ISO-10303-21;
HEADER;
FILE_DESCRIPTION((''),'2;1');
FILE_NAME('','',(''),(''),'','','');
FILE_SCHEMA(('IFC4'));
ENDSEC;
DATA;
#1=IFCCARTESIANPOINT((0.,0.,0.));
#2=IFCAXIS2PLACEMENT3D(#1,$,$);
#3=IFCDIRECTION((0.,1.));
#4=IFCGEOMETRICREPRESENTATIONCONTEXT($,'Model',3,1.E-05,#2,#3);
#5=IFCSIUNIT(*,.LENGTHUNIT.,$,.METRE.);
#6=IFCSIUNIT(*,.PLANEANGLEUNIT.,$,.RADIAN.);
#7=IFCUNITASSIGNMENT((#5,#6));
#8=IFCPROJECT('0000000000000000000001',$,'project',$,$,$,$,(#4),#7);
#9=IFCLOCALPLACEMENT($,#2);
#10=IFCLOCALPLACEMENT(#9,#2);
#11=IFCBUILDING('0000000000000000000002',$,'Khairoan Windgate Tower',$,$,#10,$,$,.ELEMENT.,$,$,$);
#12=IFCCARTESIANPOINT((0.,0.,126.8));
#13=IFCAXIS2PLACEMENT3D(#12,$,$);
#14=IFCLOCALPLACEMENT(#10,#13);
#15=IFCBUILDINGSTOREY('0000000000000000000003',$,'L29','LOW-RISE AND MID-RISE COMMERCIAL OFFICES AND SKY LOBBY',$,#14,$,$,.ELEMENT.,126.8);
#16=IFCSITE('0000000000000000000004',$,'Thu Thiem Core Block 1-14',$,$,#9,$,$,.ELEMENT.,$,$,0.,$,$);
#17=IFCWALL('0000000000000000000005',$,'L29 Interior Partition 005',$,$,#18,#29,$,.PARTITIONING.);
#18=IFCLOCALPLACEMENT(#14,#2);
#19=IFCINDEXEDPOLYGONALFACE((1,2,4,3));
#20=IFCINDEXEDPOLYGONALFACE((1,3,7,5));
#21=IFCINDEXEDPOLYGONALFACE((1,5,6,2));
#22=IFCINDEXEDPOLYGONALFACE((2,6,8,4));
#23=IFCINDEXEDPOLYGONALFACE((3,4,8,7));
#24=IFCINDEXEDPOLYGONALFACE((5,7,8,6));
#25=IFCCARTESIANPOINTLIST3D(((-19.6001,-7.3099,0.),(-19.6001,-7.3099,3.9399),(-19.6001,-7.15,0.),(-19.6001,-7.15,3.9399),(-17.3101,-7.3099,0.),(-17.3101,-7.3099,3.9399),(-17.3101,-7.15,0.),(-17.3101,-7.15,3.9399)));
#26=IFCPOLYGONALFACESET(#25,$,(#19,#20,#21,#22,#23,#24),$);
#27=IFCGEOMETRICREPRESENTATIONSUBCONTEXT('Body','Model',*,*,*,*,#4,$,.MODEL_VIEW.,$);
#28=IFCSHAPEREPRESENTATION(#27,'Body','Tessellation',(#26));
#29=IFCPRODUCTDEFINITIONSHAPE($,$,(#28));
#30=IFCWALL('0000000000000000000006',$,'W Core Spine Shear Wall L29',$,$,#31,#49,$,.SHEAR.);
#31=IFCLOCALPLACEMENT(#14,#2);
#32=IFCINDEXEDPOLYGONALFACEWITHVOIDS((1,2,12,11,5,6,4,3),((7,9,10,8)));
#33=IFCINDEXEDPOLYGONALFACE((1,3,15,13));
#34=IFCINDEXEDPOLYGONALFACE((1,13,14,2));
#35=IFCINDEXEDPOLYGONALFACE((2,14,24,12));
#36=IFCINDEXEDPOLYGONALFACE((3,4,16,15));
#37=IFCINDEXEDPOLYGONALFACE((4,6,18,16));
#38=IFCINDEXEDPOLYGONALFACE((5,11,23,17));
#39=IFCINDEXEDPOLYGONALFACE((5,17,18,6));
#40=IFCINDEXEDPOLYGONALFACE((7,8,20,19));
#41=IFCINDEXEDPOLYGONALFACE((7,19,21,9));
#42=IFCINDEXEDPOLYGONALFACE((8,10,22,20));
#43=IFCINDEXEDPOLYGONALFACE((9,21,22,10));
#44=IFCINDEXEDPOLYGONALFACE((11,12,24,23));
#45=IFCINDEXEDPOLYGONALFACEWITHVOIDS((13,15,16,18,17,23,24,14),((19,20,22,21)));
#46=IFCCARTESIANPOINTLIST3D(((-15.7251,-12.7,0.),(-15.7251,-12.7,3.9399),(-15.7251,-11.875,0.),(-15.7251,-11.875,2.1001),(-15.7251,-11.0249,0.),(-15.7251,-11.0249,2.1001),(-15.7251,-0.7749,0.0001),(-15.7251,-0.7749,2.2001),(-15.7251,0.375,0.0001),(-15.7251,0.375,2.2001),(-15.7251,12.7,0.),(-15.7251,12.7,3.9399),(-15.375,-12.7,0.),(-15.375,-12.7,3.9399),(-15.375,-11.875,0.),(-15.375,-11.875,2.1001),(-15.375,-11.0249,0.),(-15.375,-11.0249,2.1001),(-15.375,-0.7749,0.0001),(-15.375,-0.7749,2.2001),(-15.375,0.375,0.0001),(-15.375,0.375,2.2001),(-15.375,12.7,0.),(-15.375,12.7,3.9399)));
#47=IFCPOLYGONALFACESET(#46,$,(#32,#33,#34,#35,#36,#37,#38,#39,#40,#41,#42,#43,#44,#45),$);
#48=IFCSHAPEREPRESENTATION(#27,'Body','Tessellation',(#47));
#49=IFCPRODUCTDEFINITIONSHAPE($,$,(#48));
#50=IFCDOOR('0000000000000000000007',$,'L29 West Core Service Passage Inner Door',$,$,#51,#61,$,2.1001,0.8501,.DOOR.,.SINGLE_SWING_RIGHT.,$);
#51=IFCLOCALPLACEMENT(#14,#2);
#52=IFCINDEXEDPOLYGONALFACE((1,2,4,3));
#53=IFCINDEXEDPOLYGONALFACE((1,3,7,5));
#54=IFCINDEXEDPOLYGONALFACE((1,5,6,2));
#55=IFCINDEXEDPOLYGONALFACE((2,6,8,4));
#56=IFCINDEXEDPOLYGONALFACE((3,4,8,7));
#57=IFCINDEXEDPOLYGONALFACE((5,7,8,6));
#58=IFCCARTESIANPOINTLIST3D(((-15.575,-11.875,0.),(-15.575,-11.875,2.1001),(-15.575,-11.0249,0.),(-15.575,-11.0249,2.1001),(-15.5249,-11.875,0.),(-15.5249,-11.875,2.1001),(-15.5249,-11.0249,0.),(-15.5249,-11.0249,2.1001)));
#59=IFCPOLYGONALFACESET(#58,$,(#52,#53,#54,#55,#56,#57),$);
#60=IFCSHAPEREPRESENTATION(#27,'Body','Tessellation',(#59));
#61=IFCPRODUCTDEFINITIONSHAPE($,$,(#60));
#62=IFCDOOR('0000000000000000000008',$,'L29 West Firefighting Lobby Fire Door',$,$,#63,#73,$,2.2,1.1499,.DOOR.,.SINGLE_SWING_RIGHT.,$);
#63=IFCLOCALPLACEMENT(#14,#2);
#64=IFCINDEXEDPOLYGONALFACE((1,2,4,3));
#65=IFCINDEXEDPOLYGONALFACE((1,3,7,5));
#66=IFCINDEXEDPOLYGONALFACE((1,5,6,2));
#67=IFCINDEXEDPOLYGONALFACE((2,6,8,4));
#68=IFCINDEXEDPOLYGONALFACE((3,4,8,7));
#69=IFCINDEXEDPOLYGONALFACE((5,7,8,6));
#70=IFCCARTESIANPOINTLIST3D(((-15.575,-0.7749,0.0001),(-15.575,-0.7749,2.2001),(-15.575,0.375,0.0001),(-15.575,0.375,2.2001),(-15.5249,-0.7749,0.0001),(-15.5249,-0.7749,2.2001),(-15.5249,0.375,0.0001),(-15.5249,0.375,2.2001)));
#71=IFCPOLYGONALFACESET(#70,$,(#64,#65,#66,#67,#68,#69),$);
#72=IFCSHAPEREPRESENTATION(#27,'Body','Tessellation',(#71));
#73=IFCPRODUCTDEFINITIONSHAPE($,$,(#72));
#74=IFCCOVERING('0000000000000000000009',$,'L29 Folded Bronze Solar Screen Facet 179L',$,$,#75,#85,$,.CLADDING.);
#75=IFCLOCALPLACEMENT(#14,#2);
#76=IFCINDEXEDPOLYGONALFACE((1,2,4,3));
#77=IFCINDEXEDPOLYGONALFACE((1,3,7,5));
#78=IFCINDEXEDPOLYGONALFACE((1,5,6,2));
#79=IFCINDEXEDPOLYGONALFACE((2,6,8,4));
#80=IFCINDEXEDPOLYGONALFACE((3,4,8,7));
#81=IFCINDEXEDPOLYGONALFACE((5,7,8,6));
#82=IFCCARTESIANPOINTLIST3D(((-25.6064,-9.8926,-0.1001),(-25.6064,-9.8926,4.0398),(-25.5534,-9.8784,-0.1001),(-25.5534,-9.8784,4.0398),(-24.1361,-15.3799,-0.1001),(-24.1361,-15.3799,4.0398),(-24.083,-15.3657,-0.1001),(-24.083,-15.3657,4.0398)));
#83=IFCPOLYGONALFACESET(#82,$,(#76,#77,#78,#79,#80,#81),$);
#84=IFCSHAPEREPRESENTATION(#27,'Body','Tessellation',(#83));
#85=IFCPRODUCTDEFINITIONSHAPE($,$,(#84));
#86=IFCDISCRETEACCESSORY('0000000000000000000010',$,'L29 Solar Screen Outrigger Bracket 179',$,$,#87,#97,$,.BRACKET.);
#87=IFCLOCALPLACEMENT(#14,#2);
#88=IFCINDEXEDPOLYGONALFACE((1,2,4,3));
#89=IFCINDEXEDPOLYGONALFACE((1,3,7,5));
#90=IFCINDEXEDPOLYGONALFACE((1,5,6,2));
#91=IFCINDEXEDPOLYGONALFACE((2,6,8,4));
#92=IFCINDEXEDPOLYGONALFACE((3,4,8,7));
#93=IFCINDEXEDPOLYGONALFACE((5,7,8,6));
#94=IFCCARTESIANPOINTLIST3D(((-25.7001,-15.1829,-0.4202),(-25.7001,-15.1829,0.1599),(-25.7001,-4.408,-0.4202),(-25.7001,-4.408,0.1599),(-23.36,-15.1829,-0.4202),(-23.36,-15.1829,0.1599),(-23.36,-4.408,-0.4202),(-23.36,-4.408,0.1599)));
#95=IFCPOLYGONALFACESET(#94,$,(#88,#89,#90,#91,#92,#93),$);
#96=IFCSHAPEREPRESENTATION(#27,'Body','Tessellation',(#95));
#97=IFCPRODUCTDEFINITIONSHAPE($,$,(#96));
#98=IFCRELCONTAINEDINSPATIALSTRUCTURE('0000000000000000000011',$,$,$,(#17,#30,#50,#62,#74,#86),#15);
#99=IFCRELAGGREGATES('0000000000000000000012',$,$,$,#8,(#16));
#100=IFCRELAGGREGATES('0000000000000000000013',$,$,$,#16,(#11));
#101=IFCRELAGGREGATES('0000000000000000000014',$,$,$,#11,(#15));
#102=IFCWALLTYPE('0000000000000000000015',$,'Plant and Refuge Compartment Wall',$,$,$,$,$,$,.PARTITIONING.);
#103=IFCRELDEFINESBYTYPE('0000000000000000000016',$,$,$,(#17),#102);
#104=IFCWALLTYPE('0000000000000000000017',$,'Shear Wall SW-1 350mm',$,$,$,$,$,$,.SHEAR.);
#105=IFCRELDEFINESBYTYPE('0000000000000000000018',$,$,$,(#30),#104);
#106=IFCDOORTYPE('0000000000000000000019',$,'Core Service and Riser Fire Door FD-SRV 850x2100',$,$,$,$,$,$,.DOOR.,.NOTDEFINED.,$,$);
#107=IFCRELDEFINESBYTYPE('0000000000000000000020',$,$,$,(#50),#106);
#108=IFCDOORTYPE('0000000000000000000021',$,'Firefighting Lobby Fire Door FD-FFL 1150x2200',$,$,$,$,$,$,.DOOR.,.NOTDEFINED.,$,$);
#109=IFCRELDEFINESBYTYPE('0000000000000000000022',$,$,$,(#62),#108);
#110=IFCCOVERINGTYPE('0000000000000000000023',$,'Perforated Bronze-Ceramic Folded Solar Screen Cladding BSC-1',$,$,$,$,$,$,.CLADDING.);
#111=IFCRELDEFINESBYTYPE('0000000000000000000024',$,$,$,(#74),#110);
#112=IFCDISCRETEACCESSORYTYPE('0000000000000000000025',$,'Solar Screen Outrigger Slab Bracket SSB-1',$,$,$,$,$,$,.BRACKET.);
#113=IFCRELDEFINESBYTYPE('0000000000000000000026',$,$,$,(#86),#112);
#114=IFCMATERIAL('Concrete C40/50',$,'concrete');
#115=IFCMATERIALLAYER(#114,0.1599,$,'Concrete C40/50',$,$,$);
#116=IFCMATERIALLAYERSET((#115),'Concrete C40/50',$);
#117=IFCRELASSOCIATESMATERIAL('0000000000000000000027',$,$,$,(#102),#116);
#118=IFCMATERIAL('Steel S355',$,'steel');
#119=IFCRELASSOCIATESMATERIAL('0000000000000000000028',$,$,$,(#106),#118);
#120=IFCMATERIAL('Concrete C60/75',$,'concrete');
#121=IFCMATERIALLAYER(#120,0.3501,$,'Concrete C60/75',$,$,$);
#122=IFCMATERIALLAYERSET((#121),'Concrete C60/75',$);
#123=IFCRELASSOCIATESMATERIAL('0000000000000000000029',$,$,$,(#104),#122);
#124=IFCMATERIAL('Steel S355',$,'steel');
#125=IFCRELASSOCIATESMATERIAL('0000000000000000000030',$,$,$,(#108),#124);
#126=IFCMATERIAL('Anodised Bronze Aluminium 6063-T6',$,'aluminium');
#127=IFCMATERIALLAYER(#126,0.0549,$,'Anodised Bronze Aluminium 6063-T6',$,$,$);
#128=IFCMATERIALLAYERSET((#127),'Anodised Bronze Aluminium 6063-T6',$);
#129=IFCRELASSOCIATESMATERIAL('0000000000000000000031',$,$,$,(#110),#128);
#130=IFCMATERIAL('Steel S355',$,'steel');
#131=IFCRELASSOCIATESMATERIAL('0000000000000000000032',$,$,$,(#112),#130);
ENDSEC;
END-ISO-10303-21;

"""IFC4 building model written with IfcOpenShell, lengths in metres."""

from ifc_helpers import new_model, si_unit, direction, frame, frame_2d, origin, origin_2d, place, context, subcontext, project, spatial, rectangle, extrude, material, layer, layer_set, type_object, element, fill, save


model = new_model("IFC4")

# Units and contexts
model_context = context("Model", 3, precision=1e-05, world=origin(), true_north=direction((0.0, 1.0)))
body_context = subcontext(model_context, "Body", "Model", "MODEL_VIEW")
ifc_project = project(units=[si_unit("LENGTHUNIT", "METRE"), si_unit("PLANEANGLEUNIT", "RADIAN")], contexts=[model_context])

# Site, building, storey
site_placement = place(None, origin())
site = spatial("IfcSite", under=ifc_project, at=site_placement, Name="Thu Thiem Core Block 1-14", CompositionType="ELEMENT", RefElevation=0.0)
building_placement = place(site_placement, origin())
building = spatial("IfcBuilding", under=site, at=building_placement, Name="Khairoan Windgate Tower", CompositionType="ELEMENT")
storey_placement = place(building_placement, frame((0.0, 0.0, 126.8)))
storey = spatial("IfcBuildingStorey", under=building, at=storey_placement, Name="L29", Description="LOW-RISE AND MID-RISE COMMERCIAL OFFICES AND SKY LOBBY", CompositionType="ELEMENT", Elevation=126.8)

# Shared definitions
ifc_material_1 = material(Name="Concrete C40/50", Category="concrete")
ifc_layer_1 = layer(ifc_material_1, 0.1599, Name="Concrete C40/50")
ifc_layer_set_1 = layer_set([ifc_layer_1], Name="Concrete C40/50")
wall_type_1 = type_object("IfcWallType", Name="Plant and Refuge Compartment Wall", PredefinedType="PARTITIONING", material=ifc_layer_set_1)
ifc_material_2 = material(Name="Steel S355", Category="steel")
door_type_1 = type_object("IfcDoorType", Name="Core Service and Riser Fire Door FD-SRV 850x2100", OperationType="NOTDEFINED", PredefinedType="DOOR", material=ifc_material_2)

# Wall
for number, where, z_axis, x_axis, name in (
    (1, (-19.6001, -7.23, 0.0), (0.0, 0.0, 1.0), (1.0, 0.0, 0.0), "L29 Interior Partition 005"),
):
    element("IfcWall", number, at=place(storey_placement, frame(where, z_axis=z_axis, x_axis=x_axis)), inside=storey, type_object=wall_type_1, Name=name, PredefinedType="PARTITIONING", context=body_context, shape_type="SweptSolid", body=[
        extrude(rectangle(XDim=2.29, YDim=0.1599, at=frame_2d((1.145, 0.0))), origin(), (0.0, 0.0, 1.0), 3.9399),
    ])

# Wall, openings, doors
ifc_material_3 = material(Name="Concrete C60/75", Category="concrete")
ifc_layer_2 = layer(ifc_material_3, 0.3501, Name="Concrete C60/75")
ifc_layer_set_2 = layer_set([ifc_layer_2], Name="Concrete C60/75")
wall_type_2 = type_object("IfcWallType", Name="Shear Wall SW-1 350mm", PredefinedType="SHEAR", material=ifc_layer_set_2)
wall_1_placement = place(storey_placement, frame((-15.55, -12.7, 0.0), z_axis=(0.0, 0.0, 1.0), x_axis=(0.0, 1.0, 0.0)))
wall_1 = element("IfcWall", 2, at=wall_1_placement, inside=storey, type_object=wall_type_2, Name="W Core Spine Shear Wall L29", PredefinedType="SHEAR", context=body_context, shape_type="SweptSolid", body=[
    extrude(rectangle(XDim=25.3999, YDim=0.3501, at=frame_2d((12.7, 0.0))), origin(), (0.0, 0.0, 1.0), 3.9399),
])
opening_1_placement = place(wall_1_placement, frame((11.925, 0.0, 0.0)))
opening_1 = element("IfcOpeningElement", 3, at=opening_1_placement, cuts=wall_1, PredefinedType="OPENING", context=body_context, shape_type="SweptSolid", body=[
    extrude(rectangle(XDim=1.1499, YDim=2.2, at=frame_2d((0.575, 1.1001))), frame((0.0, 0.1851, 0.0), z_axis=(0.0, -1.0, 0.0), x_axis=(1.0, 0.0, 0.0)), (0.0, 0.0, 1.0), 0.3701),
])
opening_2_placement = place(wall_1_placement, frame((0.825, 0.0, 0.0)))
opening_2 = element("IfcOpeningElement", 4, at=opening_2_placement, cuts=wall_1, PredefinedType="OPENING", context=body_context, shape_type="SweptSolid", body=[
    extrude(rectangle(XDim=0.8501, YDim=2.1001, at=frame_2d((0.425, 1.05))), frame((0.0, 0.1851, 0.0), z_axis=(0.0, -1.0, 0.0), x_axis=(1.0, 0.0, 0.0)), (0.0, 0.0, 1.0), 0.3701),
])
door_1_placement = place(opening_2_placement, origin())
door_1 = element("IfcDoor", 5, at=door_1_placement, inside=storey, type_object=door_type_1, Name="L29 West Core Service Passage Inner Door", OperationType="SINGLE_SWING_RIGHT", OverallHeight=2.1001, OverallWidth=0.8501, PredefinedType="DOOR", context=body_context, shape_type="SweptSolid", body=[
    extrude(rectangle(XDim=0.8501, YDim=2.1001, at=frame_2d((0.425, 1.05))), frame((0.0, 0.0249, 0.0), z_axis=(0.0, -1.0, 0.0), x_axis=(1.0, 0.0, 0.0)), (0.0, 0.0, 1.0), 0.05),
])
fill(opening_2, door_1)
ifc_material_4 = material(Name="Steel S355", Category="steel")
door_type_2 = type_object("IfcDoorType", Name="Firefighting Lobby Fire Door FD-FFL 1150x2200", OperationType="NOTDEFINED", PredefinedType="DOOR", material=ifc_material_4)
door_2_placement = place(opening_1_placement, origin())
door_2 = element("IfcDoor", 6, at=door_2_placement, inside=storey, type_object=door_type_2, Name="L29 West Firefighting Lobby Fire Door", OperationType="SINGLE_SWING_RIGHT", OverallHeight=2.2, OverallWidth=1.1499, PredefinedType="DOOR", context=body_context, shape_type="SweptSolid", body=[
    extrude(rectangle(XDim=1.1499, YDim=2.2, at=frame_2d((0.575, 1.1001))), frame((0.0, 0.0249, 0.0), z_axis=(0.0, -1.0, 0.0), x_axis=(1.0, 0.0, 0.0)), (0.0, 0.0, 1.0), 0.05),
])
fill(opening_1, door_2)

# Covering
ifc_material_5 = material(Name="Anodised Bronze Aluminium 6063-T6", Category="aluminium")
ifc_layer_3 = layer(ifc_material_5, 0.0549, Name="Anodised Bronze Aluminium 6063-T6")
ifc_layer_set_3 = layer_set([ifc_layer_3], Name="Anodised Bronze Aluminium 6063-T6")
covering_type = type_object("IfcCoveringType", Name="Perforated Bronze-Ceramic Folded Solar Screen Cladding BSC-1", PredefinedType="CLADDING", material=ifc_layer_set_3)
covering_placement = place(storey_placement, frame((-24.8447, -12.6292, -0.1001), z_axis=(0.0, 0.0, 1.0), x_axis=(-0.258819, 0.965926, 0.0)))
element("IfcCovering", 7, at=covering_placement, inside=storey, type_object=covering_type, Name="L29 Folded Bronze Solar Screen Facet 179L", PredefinedType="CLADDING", context=body_context, shape_type="SweptSolid", body=[
    extrude(rectangle(XDim=5.6809, YDim=0.0549, at=origin_2d()), origin(), (0.0, 0.0, 1.0), 4.1399),
])

# Discrete accessory
ifc_material_6 = material(Name="Steel S355", Category="steel")
discrete_accessory_type = type_object("IfcDiscreteAccessoryType", Name="Solar Screen Outrigger Slab Bracket SSB-1", PredefinedType="BRACKET", material=ifc_material_6)
discrete_accessory_placement = place(storey_placement, frame((-24.53, -9.7954, -0.4202), z_axis=(0.0, 0.0, 1.0), x_axis=(0.0, 1.0, 0.0)))
element("IfcDiscreteAccessory", 8, at=discrete_accessory_placement, inside=storey, type_object=discrete_accessory_type, Name="L29 Solar Screen Outrigger Bracket 179", PredefinedType="BRACKET", context=body_context, shape_type="SweptSolid", body=[
    extrude(rectangle(XDim=10.7749, YDim=2.3401, at=origin_2d()), origin(), (0.0, 0.0, 1.0), 0.5801),
])

save(model, "model.ifc")
